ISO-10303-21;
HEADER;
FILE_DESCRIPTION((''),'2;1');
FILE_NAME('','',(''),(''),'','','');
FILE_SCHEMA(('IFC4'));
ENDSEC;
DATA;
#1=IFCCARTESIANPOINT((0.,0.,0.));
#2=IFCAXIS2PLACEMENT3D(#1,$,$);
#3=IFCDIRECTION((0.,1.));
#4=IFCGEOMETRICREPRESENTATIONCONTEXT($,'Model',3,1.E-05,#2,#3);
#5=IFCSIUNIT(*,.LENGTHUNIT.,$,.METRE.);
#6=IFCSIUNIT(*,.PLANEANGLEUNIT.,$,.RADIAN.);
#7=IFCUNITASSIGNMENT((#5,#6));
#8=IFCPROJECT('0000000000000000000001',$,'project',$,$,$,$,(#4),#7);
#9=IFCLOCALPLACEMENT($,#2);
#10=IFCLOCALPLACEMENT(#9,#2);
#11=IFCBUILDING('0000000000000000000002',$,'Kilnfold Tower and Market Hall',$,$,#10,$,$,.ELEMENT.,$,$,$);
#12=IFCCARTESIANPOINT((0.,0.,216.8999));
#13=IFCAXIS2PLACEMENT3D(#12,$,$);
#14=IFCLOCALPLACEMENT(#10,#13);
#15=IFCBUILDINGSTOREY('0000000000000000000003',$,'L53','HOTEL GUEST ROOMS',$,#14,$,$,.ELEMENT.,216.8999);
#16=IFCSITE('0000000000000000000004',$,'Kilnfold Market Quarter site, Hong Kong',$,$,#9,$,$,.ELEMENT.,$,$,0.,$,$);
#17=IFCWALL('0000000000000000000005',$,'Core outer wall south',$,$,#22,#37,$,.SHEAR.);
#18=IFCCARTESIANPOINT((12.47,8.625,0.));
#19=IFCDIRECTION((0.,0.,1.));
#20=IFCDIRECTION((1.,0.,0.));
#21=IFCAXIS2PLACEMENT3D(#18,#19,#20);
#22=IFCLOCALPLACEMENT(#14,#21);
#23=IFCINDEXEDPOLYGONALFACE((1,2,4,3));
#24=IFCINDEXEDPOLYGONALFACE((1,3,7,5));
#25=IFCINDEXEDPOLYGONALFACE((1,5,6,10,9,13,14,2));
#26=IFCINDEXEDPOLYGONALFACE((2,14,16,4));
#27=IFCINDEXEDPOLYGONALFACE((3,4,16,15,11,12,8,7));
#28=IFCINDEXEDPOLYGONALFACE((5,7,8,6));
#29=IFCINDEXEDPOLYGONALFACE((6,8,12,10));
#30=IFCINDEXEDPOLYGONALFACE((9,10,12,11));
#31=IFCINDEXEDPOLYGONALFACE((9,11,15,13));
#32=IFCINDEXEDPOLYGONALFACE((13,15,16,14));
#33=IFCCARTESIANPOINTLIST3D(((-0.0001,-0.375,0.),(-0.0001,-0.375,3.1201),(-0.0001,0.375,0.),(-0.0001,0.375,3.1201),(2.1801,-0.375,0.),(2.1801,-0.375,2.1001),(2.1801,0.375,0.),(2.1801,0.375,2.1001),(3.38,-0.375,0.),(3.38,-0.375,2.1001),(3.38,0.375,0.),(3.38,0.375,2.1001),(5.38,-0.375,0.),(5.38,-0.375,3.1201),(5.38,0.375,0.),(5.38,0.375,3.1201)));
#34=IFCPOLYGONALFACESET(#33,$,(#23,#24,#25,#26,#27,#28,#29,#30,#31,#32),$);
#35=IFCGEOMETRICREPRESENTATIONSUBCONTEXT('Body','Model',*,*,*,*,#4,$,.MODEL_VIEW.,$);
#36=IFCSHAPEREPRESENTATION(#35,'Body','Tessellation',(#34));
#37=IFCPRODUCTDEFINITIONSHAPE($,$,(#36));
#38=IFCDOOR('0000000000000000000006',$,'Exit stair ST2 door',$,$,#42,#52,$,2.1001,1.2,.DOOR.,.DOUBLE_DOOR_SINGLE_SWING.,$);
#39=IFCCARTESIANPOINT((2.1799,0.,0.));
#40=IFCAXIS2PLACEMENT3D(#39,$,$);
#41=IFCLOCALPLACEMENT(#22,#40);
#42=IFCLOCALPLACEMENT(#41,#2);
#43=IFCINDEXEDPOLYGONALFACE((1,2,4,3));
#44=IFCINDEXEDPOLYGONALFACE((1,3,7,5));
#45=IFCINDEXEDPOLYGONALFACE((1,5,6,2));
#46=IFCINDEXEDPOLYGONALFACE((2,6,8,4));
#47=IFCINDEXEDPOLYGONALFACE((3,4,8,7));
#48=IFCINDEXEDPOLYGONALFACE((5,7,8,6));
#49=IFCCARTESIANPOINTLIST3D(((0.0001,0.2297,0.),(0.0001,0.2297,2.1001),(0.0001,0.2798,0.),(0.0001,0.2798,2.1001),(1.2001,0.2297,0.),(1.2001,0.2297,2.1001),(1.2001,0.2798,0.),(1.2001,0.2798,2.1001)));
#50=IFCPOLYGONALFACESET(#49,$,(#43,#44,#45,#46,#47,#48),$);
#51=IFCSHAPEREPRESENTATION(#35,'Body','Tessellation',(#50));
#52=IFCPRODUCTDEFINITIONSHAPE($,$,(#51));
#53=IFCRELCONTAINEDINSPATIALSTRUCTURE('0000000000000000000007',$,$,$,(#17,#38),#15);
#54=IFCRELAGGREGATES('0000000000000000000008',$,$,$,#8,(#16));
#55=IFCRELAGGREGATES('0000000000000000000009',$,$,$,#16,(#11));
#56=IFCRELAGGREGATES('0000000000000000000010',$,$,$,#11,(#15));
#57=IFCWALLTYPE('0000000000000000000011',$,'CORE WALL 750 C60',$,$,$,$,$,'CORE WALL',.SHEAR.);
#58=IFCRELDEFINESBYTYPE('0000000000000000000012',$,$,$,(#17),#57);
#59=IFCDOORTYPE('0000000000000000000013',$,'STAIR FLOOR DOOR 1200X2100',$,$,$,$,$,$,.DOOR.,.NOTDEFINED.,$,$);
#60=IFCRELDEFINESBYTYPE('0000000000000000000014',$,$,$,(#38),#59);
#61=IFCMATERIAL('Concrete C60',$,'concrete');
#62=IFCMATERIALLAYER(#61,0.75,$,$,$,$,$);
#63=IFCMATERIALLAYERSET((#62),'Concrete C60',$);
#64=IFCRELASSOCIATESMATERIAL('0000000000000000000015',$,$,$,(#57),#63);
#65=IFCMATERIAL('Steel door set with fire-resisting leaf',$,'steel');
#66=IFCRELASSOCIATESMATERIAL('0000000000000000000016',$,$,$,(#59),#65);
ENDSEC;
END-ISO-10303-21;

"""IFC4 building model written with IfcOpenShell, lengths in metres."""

from ifc_helpers import new_model, si_unit, direction, frame, frame_2d, origin, place, context, subcontext, project, spatial, rectangle, extrude, source, transform, mapped, material, layer, layer_set, type_object, element, fill, save


model = new_model("IFC4")

# Units and contexts
model_context = context("Model", 3, precision=1e-05, world=origin(), true_north=direction((0.0, 1.0)))
body_context = subcontext(model_context, "Body", "Model", "MODEL_VIEW")
ifc_project = project(units=[si_unit("LENGTHUNIT", "METRE"), si_unit("PLANEANGLEUNIT", "RADIAN")], contexts=[model_context])

# Site, building, storey
site_placement = place(None, origin())
site = spatial("IfcSite", under=ifc_project, at=site_placement, Name="Kilnfold Market Quarter site, Hong Kong", CompositionType="ELEMENT", RefElevation=0.0)
building_placement = place(site_placement, origin())
building = spatial("IfcBuilding", under=site, at=building_placement, Name="Kilnfold Tower and Market Hall", CompositionType="ELEMENT")
storey_placement = place(building_placement, frame((0.0, 0.0, 216.8999)))
storey = spatial("IfcBuildingStorey", under=building, at=storey_placement, Name="L53", Description="HOTEL GUEST ROOMS", CompositionType="ELEMENT", Elevation=216.8999)

# Shared definitions
ifc_material_1 = material(Name="Concrete C60", Category="concrete")
ifc_layer_1 = layer(ifc_material_1, 0.75)
ifc_layer_set_1 = layer_set([ifc_layer_1], Name="Concrete C60")
wall_type_1 = type_object("IfcWallType", Name="CORE WALL 750 C60", ElementType="CORE WALL", PredefinedType="SHEAR", material=ifc_layer_set_1)

# Wall, opening, door
shared_shape_1 = source(origin(), body_context, "Body", "SweptSolid", [
    extrude(rectangle(XDim=5.3801, YDim=0.75, at=frame_2d((2.6899, 0.0))), origin(), (0.0, 0.0, 1.0), 3.1201),
])
wall_1_placement = place(storey_placement, frame((12.47, 8.625, 0.0), z_axis=(0.0, 0.0, 1.0), x_axis=(1.0, 0.0, 0.0)))
wall_1 = element("IfcWall", 1, at=wall_1_placement, inside=storey, type_object=wall_type_1, Name="Core outer wall south", PredefinedType="SHEAR", context=body_context, shape_type="MappedRepresentation", body=[
    mapped(shared_shape_1, transform((0.0, 0.0, 0.0))),
])
opening_1_placement = place(wall_1_placement, frame((2.1799, 0.0, 0.0)))
opening_1 = element("IfcOpeningElement", 2, at=opening_1_placement, cuts=wall_1, PredefinedType="OPENING", context=body_context, shape_type="SweptSolid", body=[
    extrude(rectangle(XDim=1.2, YDim=2.1001, at=frame_2d((0.6001, 1.05))), frame((0.0, 0.385, 0.0), z_axis=(0.0, -1.0, 0.0), x_axis=(1.0, 0.0, 0.0)), (0.0, 0.0, 1.0), 0.77),
])
ifc_material_2 = material(Name="Steel door set with fire-resisting leaf", Category="steel")
door_type_1 = type_object("IfcDoorType", Name="STAIR FLOOR DOOR 1200X2100", OperationType="NOTDEFINED", PredefinedType="DOOR", material=ifc_material_2)
door_1_placement = place(opening_1_placement, origin())
door_1 = element("IfcDoor", 3, at=door_1_placement, inside=storey, type_object=door_type_1, Name="Exit stair ST2 door", OperationType="DOUBLE_DOOR_SINGLE_SWING", OverallHeight=2.1001, OverallWidth=1.2, PredefinedType="DOOR", context=body_context, shape_type="SweptSolid", body=[
    extrude(rectangle(XDim=1.2, YDim=2.1001, at=frame_2d((0.6001, 1.05))), frame((0.0, 0.2798, 0.0), z_axis=(0.0, -1.0, 0.0), x_axis=(1.0, 0.0, 0.0)), (0.0, 0.0, 1.0), 0.05),
])
fill(opening_1, door_1)

save(model, "model.ifc")
